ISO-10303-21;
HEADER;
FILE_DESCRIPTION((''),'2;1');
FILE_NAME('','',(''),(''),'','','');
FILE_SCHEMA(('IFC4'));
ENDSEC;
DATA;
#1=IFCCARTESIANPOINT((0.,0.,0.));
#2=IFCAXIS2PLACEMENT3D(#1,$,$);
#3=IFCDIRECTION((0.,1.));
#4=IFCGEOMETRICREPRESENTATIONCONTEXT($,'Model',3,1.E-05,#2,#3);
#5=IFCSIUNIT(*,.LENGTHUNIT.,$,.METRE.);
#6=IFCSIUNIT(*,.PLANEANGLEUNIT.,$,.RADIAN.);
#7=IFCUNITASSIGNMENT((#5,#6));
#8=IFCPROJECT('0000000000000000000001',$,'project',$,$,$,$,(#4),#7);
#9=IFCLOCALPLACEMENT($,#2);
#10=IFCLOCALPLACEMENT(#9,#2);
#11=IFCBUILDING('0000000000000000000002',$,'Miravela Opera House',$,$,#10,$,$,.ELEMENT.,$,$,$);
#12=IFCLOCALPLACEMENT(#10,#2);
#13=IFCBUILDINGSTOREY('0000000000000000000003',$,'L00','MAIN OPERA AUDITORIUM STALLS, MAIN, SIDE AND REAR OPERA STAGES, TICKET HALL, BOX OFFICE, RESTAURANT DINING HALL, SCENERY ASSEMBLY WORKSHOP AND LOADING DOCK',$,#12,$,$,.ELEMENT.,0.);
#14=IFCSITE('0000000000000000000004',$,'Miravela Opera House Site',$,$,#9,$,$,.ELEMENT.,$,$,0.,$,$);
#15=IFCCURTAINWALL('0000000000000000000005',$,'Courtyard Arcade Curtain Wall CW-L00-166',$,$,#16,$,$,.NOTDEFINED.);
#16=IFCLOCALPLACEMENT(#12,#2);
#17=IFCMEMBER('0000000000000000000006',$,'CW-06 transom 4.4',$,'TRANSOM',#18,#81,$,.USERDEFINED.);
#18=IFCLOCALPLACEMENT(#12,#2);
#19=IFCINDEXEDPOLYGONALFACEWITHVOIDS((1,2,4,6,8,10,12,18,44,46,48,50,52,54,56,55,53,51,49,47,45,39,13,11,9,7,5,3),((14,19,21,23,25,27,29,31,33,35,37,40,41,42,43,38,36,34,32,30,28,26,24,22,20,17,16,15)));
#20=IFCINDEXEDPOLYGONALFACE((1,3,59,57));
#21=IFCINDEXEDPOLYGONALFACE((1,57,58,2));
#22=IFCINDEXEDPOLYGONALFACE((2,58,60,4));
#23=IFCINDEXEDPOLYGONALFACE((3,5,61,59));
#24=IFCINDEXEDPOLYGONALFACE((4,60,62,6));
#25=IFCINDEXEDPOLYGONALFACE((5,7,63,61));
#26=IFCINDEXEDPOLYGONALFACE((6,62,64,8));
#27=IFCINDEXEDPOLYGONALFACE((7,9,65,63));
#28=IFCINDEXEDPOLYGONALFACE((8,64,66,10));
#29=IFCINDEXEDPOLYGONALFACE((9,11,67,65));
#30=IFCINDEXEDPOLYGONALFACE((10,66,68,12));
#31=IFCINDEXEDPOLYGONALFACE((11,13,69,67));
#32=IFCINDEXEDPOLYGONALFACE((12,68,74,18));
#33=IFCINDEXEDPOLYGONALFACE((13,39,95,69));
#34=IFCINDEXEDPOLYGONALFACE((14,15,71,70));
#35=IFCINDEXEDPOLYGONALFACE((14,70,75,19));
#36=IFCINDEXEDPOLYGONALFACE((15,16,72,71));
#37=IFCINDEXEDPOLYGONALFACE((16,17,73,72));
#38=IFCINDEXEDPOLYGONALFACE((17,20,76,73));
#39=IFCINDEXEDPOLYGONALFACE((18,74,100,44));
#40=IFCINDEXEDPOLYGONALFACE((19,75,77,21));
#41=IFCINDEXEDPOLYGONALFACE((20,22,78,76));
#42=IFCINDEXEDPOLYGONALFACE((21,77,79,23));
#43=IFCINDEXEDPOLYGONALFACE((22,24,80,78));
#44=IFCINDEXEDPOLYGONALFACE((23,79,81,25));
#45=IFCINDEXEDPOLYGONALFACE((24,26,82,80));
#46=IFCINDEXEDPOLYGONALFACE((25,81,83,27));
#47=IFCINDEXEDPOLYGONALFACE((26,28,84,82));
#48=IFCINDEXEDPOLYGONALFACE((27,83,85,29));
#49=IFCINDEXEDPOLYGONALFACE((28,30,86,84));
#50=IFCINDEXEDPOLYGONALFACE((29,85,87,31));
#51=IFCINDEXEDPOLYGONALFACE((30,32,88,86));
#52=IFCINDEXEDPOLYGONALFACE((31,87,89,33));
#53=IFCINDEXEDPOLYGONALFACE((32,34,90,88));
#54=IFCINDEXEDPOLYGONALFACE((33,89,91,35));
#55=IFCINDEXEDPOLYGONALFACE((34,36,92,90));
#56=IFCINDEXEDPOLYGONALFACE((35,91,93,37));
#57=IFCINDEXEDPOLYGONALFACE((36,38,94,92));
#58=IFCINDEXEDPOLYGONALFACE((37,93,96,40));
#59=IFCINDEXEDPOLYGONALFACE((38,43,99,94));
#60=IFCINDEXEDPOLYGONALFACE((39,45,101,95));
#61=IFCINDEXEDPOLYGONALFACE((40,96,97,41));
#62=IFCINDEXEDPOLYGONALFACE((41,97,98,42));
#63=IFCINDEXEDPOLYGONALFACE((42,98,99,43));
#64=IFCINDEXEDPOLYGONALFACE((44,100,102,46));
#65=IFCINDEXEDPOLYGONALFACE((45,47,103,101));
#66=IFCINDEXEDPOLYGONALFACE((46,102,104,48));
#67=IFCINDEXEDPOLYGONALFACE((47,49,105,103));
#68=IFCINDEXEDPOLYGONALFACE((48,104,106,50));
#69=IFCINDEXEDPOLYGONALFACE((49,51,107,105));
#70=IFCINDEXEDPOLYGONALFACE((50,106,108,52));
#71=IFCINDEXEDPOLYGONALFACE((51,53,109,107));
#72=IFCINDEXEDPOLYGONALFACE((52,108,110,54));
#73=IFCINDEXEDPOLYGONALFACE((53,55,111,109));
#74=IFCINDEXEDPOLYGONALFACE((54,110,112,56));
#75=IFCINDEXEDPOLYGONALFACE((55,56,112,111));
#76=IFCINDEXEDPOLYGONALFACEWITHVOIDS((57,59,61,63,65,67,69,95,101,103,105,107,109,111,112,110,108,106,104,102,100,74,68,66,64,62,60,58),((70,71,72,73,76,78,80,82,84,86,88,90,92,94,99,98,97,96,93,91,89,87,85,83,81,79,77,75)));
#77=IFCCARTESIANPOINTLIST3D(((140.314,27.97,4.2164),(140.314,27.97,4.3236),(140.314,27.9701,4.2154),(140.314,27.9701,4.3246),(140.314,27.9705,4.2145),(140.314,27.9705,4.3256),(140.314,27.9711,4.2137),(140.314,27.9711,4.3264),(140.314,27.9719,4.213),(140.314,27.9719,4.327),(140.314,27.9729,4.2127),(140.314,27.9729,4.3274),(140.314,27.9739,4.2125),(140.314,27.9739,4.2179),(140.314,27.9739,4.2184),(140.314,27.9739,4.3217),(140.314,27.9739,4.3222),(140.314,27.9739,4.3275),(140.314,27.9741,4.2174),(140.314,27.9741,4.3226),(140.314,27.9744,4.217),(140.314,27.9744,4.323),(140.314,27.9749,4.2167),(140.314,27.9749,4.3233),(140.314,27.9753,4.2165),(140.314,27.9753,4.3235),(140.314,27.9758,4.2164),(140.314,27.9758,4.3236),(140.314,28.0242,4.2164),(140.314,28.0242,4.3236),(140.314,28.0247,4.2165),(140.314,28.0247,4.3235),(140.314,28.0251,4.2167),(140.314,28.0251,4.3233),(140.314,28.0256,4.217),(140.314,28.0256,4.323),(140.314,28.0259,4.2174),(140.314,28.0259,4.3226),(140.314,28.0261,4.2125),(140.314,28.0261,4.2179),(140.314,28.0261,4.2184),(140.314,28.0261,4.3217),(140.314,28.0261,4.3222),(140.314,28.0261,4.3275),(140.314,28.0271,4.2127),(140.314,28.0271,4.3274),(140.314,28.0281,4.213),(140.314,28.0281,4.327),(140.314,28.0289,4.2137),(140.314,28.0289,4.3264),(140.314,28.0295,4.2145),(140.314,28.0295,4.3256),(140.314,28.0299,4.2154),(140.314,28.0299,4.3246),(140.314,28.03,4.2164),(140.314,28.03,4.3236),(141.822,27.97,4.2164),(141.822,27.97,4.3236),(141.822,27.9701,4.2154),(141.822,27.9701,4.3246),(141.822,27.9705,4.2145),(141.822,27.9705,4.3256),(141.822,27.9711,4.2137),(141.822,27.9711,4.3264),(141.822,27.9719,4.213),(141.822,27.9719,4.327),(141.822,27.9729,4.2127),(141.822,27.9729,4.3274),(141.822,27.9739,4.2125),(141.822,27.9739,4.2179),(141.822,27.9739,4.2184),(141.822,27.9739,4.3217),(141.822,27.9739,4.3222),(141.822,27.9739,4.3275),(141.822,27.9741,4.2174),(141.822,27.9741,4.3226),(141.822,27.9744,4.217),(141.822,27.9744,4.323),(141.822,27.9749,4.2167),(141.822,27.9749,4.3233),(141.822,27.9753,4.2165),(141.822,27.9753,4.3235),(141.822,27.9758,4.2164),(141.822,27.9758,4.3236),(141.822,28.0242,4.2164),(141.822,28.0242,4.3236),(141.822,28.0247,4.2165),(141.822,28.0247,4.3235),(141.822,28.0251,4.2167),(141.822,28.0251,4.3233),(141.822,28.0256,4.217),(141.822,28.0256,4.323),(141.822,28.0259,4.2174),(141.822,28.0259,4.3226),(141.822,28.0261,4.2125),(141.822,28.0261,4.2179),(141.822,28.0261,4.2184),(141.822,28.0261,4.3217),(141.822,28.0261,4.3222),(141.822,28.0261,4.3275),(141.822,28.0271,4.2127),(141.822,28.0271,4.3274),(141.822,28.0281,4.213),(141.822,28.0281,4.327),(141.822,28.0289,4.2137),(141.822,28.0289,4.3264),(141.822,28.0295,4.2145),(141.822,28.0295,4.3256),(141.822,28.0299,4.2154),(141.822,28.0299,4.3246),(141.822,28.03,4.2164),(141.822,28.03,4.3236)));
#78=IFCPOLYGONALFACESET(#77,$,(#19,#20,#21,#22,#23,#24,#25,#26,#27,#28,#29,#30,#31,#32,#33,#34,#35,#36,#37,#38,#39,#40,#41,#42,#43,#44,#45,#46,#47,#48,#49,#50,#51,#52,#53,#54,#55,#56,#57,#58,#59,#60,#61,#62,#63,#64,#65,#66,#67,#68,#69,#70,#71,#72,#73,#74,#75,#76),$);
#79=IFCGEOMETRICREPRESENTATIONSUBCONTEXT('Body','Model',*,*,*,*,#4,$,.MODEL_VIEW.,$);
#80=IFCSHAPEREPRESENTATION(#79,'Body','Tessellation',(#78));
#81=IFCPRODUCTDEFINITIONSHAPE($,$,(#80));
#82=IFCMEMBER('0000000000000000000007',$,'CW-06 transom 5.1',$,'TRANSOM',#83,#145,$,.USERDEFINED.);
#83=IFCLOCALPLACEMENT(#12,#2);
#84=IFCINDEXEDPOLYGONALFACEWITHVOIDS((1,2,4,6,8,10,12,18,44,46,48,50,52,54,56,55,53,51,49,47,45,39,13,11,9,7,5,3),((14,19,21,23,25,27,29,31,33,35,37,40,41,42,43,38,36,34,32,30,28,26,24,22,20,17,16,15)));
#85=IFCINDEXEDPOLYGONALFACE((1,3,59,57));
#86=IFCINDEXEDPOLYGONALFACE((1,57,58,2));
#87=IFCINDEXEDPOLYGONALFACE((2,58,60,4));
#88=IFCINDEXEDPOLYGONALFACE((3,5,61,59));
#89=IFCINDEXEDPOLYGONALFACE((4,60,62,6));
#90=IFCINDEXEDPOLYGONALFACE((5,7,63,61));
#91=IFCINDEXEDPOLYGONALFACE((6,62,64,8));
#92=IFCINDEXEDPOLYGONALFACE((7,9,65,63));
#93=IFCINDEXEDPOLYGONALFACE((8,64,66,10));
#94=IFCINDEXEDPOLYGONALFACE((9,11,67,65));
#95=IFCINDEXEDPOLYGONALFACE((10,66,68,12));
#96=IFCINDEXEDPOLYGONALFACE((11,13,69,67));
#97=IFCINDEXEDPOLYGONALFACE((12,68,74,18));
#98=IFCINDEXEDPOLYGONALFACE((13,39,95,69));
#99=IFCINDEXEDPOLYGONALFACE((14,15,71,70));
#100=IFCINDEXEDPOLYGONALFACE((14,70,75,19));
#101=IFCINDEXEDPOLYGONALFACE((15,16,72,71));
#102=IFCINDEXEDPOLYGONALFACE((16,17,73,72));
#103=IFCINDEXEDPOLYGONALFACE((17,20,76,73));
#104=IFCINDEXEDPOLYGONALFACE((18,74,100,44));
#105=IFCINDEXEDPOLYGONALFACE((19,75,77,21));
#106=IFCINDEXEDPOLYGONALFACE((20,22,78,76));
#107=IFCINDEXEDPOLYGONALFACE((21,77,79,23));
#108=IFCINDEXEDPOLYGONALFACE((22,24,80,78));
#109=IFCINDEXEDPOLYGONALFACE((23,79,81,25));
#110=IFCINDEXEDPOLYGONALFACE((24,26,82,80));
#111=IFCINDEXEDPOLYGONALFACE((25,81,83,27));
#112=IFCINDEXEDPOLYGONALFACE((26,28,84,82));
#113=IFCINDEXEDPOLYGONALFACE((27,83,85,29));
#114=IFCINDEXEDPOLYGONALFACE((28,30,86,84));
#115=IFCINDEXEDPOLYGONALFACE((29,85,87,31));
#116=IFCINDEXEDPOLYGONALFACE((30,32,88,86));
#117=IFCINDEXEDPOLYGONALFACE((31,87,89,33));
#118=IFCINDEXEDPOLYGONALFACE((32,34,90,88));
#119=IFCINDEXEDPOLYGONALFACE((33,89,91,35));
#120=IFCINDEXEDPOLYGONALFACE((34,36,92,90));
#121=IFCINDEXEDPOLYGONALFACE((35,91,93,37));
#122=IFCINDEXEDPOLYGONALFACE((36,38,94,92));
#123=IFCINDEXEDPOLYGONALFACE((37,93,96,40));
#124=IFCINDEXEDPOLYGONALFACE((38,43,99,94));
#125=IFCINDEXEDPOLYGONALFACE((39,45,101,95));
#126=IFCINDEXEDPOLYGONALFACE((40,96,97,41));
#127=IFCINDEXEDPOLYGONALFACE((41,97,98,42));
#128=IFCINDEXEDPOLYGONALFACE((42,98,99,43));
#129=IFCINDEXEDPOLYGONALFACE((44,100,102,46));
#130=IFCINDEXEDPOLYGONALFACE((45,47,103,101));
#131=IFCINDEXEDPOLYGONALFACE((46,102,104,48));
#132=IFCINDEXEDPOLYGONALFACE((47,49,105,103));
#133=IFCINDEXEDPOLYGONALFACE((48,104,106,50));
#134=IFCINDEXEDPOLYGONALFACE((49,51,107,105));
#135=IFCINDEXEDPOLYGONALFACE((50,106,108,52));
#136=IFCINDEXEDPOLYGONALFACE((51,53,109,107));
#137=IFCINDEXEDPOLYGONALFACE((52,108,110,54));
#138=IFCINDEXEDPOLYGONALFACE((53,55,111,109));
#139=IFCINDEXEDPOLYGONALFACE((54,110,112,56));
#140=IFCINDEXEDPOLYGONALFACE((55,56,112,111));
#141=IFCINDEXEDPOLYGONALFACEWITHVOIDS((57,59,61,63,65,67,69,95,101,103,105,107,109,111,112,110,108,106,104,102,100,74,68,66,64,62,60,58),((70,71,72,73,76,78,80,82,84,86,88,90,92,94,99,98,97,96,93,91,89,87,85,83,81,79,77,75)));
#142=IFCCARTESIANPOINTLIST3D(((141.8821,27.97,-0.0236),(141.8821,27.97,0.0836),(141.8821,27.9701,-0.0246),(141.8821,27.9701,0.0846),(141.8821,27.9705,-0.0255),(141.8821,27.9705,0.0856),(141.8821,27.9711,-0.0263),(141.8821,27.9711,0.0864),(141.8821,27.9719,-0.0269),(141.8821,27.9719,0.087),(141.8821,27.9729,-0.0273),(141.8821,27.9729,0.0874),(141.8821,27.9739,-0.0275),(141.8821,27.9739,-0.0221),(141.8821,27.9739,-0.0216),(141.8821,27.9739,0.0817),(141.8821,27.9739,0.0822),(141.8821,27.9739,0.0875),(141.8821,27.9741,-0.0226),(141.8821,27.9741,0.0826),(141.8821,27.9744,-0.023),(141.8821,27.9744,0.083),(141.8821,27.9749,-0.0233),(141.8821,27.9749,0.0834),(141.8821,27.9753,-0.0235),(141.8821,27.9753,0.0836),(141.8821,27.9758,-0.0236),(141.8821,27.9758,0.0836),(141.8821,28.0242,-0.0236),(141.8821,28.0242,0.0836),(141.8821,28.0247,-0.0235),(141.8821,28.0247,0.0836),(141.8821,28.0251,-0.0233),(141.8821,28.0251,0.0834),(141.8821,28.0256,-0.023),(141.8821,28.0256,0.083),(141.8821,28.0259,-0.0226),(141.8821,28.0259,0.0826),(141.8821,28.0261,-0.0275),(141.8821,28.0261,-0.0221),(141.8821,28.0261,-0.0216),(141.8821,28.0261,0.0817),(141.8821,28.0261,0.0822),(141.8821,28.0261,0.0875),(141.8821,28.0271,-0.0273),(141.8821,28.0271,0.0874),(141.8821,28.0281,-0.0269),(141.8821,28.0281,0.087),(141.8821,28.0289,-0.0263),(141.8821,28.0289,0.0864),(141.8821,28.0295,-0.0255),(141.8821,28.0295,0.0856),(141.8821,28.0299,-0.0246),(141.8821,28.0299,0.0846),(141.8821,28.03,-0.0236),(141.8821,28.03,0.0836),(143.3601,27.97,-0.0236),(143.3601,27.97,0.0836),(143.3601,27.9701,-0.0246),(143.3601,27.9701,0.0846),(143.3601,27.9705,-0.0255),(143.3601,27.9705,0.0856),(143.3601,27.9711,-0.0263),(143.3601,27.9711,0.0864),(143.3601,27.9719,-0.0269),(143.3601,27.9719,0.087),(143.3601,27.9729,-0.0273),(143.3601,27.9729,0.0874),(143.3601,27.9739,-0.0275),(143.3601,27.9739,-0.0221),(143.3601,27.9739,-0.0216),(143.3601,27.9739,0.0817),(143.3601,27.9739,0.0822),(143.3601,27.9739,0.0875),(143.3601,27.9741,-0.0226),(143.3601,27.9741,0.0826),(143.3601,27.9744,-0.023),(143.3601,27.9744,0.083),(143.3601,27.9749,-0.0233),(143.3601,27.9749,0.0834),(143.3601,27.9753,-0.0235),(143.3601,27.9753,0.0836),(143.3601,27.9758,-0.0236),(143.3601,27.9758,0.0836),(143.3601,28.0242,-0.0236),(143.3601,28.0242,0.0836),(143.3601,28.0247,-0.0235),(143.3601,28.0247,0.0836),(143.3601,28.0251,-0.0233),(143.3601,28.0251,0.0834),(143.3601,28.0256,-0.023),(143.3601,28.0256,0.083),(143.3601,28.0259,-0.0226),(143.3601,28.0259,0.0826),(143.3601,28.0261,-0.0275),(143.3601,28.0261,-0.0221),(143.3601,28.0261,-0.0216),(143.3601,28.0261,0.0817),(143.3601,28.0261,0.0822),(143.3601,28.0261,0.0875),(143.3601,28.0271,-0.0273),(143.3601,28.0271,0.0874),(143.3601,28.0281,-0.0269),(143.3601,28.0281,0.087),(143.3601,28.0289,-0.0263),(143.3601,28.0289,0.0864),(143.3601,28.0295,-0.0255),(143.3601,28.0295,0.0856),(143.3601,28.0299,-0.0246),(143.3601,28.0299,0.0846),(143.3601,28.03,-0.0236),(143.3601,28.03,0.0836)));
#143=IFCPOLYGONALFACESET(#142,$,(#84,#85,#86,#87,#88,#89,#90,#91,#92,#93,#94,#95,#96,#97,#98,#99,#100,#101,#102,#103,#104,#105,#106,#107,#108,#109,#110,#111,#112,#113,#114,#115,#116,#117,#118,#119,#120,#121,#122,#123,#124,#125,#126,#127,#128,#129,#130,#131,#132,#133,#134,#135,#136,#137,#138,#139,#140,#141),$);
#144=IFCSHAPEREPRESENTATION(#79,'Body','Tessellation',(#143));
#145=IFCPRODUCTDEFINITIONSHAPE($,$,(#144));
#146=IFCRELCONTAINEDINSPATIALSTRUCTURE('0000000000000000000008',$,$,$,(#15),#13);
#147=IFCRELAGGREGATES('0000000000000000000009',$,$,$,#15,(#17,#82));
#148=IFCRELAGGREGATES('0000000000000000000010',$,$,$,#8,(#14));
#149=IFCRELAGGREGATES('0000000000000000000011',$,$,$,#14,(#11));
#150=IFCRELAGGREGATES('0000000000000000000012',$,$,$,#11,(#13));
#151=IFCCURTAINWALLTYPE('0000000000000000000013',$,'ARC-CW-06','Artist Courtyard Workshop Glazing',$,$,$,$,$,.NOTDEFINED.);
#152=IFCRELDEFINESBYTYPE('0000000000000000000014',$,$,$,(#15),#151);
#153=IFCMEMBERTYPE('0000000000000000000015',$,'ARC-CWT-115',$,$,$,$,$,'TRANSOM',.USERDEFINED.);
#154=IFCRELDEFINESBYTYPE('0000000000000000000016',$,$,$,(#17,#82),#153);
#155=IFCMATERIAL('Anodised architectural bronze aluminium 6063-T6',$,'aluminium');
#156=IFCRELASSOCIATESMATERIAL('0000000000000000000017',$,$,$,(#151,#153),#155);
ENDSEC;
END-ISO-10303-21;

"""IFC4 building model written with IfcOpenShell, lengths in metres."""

from ifc_helpers import new_model, si_unit, direction, frame, origin, origin_2d, place, context, subcontext, project, spatial, hollow_rectangle, extrude, material, material_profile, profile_set, type_object, element, aggregate, save


model = new_model("IFC4")

# Units and contexts
model_context = context("Model", 3, precision=1e-05, world=origin(), true_north=direction((0.0, 1.0)))
body_context = subcontext(model_context, "Body", "Model", "MODEL_VIEW")
ifc_project = project(units=[si_unit("LENGTHUNIT", "METRE"), si_unit("PLANEANGLEUNIT", "RADIAN")], contexts=[model_context])

# Site, building, storey
site_placement = place(None, origin())
site = spatial("IfcSite", under=ifc_project, at=site_placement, Name="Miravela Opera House Site", CompositionType="ELEMENT", RefElevation=0.0)
building_placement = place(site_placement, origin())
building = spatial("IfcBuilding", under=site, at=building_placement, Name="Miravela Opera House", CompositionType="ELEMENT")
storey_placement = place(building_placement, origin())
storey = spatial("IfcBuildingStorey", under=building, at=storey_placement, Name="L00", Description="MAIN OPERA AUDITORIUM STALLS, MAIN, SIDE AND REAR OPERA STAGES, TICKET HALL, BOX OFFICE, RESTAURANT DINING HALL, SCENERY ASSEMBLY WORKSHOP AND LOADING DOCK", CompositionType="ELEMENT", Elevation=0.0)

# Curtain wall, members
ifc_material_1 = material(Name="Anodised architectural bronze aluminium 6063-T6", Category="aluminium")
curtain_wall_type = type_object("IfcCurtainWallType", Name="ARC-CW-06", Description="Artist Courtyard Workshop Glazing", PredefinedType="NOTDEFINED", material=ifc_material_1)
curtain_wall_placement = place(storey_placement, origin())
curtain_wall = element("IfcCurtainWall", 1, at=curtain_wall_placement, inside=storey, type_object=curtain_wall_type, Name="Courtyard Arcade Curtain Wall CW-L00-166", PredefinedType="NOTDEFINED")
ifc_material_profile_1 = material_profile(ifc_material_1, hollow_rectangle(XDim=0.0601, YDim=0.115, WallThickness=0.0039, InnerFilletRadius=0.002, OuterFilletRadius=0.0039, at=origin_2d()), Name="CWT-60X115")
ifc_profile_set_1 = profile_set([ifc_material_profile_1])
member_type_1 = type_object("IfcMemberType", Name="ARC-CWT-115", ElementType="TRANSOM", PredefinedType="USERDEFINED", material=ifc_profile_set_1)
member_1_placement = place(storey_placement, frame((140.314, 28.0, 4.27), z_axis=(1.0, 0.0, 0.0), x_axis=(0.0, 1.0, 0.0)))
member_1 = element("IfcMember", 2, at=member_1_placement, type_object=member_type_1, Name="CW-06 transom 4.4", ObjectType="TRANSOM", PredefinedType="USERDEFINED", context=body_context, shape_type="SweptSolid", body=[
    extrude(hollow_rectangle(XDim=0.0601, YDim=0.115, WallThickness=0.0039, InnerFilletRadius=0.002, OuterFilletRadius=0.0039, at=origin_2d()), origin(), (0.0, 0.0, 1.0), 1.5081),
])
member_2_placement = place(storey_placement, frame((141.8821, 28.0, 0.03), z_axis=(1.0, 0.0, 0.0), x_axis=(0.0, 1.0, 0.0)))
member_2 = element("IfcMember", 3, at=member_2_placement, type_object=member_type_1, Name="CW-06 transom 5.1", ObjectType="TRANSOM", PredefinedType="USERDEFINED", context=body_context, shape_type="SweptSolid", body=[
    extrude(hollow_rectangle(XDim=0.0601, YDim=0.115, WallThickness=0.0039, InnerFilletRadius=0.002, OuterFilletRadius=0.0039, at=origin_2d()), origin(), (0.0, 0.0, 1.0), 1.478),
])
aggregate(curtain_wall, [member_1, member_2])

save(model, "model.ifc")
